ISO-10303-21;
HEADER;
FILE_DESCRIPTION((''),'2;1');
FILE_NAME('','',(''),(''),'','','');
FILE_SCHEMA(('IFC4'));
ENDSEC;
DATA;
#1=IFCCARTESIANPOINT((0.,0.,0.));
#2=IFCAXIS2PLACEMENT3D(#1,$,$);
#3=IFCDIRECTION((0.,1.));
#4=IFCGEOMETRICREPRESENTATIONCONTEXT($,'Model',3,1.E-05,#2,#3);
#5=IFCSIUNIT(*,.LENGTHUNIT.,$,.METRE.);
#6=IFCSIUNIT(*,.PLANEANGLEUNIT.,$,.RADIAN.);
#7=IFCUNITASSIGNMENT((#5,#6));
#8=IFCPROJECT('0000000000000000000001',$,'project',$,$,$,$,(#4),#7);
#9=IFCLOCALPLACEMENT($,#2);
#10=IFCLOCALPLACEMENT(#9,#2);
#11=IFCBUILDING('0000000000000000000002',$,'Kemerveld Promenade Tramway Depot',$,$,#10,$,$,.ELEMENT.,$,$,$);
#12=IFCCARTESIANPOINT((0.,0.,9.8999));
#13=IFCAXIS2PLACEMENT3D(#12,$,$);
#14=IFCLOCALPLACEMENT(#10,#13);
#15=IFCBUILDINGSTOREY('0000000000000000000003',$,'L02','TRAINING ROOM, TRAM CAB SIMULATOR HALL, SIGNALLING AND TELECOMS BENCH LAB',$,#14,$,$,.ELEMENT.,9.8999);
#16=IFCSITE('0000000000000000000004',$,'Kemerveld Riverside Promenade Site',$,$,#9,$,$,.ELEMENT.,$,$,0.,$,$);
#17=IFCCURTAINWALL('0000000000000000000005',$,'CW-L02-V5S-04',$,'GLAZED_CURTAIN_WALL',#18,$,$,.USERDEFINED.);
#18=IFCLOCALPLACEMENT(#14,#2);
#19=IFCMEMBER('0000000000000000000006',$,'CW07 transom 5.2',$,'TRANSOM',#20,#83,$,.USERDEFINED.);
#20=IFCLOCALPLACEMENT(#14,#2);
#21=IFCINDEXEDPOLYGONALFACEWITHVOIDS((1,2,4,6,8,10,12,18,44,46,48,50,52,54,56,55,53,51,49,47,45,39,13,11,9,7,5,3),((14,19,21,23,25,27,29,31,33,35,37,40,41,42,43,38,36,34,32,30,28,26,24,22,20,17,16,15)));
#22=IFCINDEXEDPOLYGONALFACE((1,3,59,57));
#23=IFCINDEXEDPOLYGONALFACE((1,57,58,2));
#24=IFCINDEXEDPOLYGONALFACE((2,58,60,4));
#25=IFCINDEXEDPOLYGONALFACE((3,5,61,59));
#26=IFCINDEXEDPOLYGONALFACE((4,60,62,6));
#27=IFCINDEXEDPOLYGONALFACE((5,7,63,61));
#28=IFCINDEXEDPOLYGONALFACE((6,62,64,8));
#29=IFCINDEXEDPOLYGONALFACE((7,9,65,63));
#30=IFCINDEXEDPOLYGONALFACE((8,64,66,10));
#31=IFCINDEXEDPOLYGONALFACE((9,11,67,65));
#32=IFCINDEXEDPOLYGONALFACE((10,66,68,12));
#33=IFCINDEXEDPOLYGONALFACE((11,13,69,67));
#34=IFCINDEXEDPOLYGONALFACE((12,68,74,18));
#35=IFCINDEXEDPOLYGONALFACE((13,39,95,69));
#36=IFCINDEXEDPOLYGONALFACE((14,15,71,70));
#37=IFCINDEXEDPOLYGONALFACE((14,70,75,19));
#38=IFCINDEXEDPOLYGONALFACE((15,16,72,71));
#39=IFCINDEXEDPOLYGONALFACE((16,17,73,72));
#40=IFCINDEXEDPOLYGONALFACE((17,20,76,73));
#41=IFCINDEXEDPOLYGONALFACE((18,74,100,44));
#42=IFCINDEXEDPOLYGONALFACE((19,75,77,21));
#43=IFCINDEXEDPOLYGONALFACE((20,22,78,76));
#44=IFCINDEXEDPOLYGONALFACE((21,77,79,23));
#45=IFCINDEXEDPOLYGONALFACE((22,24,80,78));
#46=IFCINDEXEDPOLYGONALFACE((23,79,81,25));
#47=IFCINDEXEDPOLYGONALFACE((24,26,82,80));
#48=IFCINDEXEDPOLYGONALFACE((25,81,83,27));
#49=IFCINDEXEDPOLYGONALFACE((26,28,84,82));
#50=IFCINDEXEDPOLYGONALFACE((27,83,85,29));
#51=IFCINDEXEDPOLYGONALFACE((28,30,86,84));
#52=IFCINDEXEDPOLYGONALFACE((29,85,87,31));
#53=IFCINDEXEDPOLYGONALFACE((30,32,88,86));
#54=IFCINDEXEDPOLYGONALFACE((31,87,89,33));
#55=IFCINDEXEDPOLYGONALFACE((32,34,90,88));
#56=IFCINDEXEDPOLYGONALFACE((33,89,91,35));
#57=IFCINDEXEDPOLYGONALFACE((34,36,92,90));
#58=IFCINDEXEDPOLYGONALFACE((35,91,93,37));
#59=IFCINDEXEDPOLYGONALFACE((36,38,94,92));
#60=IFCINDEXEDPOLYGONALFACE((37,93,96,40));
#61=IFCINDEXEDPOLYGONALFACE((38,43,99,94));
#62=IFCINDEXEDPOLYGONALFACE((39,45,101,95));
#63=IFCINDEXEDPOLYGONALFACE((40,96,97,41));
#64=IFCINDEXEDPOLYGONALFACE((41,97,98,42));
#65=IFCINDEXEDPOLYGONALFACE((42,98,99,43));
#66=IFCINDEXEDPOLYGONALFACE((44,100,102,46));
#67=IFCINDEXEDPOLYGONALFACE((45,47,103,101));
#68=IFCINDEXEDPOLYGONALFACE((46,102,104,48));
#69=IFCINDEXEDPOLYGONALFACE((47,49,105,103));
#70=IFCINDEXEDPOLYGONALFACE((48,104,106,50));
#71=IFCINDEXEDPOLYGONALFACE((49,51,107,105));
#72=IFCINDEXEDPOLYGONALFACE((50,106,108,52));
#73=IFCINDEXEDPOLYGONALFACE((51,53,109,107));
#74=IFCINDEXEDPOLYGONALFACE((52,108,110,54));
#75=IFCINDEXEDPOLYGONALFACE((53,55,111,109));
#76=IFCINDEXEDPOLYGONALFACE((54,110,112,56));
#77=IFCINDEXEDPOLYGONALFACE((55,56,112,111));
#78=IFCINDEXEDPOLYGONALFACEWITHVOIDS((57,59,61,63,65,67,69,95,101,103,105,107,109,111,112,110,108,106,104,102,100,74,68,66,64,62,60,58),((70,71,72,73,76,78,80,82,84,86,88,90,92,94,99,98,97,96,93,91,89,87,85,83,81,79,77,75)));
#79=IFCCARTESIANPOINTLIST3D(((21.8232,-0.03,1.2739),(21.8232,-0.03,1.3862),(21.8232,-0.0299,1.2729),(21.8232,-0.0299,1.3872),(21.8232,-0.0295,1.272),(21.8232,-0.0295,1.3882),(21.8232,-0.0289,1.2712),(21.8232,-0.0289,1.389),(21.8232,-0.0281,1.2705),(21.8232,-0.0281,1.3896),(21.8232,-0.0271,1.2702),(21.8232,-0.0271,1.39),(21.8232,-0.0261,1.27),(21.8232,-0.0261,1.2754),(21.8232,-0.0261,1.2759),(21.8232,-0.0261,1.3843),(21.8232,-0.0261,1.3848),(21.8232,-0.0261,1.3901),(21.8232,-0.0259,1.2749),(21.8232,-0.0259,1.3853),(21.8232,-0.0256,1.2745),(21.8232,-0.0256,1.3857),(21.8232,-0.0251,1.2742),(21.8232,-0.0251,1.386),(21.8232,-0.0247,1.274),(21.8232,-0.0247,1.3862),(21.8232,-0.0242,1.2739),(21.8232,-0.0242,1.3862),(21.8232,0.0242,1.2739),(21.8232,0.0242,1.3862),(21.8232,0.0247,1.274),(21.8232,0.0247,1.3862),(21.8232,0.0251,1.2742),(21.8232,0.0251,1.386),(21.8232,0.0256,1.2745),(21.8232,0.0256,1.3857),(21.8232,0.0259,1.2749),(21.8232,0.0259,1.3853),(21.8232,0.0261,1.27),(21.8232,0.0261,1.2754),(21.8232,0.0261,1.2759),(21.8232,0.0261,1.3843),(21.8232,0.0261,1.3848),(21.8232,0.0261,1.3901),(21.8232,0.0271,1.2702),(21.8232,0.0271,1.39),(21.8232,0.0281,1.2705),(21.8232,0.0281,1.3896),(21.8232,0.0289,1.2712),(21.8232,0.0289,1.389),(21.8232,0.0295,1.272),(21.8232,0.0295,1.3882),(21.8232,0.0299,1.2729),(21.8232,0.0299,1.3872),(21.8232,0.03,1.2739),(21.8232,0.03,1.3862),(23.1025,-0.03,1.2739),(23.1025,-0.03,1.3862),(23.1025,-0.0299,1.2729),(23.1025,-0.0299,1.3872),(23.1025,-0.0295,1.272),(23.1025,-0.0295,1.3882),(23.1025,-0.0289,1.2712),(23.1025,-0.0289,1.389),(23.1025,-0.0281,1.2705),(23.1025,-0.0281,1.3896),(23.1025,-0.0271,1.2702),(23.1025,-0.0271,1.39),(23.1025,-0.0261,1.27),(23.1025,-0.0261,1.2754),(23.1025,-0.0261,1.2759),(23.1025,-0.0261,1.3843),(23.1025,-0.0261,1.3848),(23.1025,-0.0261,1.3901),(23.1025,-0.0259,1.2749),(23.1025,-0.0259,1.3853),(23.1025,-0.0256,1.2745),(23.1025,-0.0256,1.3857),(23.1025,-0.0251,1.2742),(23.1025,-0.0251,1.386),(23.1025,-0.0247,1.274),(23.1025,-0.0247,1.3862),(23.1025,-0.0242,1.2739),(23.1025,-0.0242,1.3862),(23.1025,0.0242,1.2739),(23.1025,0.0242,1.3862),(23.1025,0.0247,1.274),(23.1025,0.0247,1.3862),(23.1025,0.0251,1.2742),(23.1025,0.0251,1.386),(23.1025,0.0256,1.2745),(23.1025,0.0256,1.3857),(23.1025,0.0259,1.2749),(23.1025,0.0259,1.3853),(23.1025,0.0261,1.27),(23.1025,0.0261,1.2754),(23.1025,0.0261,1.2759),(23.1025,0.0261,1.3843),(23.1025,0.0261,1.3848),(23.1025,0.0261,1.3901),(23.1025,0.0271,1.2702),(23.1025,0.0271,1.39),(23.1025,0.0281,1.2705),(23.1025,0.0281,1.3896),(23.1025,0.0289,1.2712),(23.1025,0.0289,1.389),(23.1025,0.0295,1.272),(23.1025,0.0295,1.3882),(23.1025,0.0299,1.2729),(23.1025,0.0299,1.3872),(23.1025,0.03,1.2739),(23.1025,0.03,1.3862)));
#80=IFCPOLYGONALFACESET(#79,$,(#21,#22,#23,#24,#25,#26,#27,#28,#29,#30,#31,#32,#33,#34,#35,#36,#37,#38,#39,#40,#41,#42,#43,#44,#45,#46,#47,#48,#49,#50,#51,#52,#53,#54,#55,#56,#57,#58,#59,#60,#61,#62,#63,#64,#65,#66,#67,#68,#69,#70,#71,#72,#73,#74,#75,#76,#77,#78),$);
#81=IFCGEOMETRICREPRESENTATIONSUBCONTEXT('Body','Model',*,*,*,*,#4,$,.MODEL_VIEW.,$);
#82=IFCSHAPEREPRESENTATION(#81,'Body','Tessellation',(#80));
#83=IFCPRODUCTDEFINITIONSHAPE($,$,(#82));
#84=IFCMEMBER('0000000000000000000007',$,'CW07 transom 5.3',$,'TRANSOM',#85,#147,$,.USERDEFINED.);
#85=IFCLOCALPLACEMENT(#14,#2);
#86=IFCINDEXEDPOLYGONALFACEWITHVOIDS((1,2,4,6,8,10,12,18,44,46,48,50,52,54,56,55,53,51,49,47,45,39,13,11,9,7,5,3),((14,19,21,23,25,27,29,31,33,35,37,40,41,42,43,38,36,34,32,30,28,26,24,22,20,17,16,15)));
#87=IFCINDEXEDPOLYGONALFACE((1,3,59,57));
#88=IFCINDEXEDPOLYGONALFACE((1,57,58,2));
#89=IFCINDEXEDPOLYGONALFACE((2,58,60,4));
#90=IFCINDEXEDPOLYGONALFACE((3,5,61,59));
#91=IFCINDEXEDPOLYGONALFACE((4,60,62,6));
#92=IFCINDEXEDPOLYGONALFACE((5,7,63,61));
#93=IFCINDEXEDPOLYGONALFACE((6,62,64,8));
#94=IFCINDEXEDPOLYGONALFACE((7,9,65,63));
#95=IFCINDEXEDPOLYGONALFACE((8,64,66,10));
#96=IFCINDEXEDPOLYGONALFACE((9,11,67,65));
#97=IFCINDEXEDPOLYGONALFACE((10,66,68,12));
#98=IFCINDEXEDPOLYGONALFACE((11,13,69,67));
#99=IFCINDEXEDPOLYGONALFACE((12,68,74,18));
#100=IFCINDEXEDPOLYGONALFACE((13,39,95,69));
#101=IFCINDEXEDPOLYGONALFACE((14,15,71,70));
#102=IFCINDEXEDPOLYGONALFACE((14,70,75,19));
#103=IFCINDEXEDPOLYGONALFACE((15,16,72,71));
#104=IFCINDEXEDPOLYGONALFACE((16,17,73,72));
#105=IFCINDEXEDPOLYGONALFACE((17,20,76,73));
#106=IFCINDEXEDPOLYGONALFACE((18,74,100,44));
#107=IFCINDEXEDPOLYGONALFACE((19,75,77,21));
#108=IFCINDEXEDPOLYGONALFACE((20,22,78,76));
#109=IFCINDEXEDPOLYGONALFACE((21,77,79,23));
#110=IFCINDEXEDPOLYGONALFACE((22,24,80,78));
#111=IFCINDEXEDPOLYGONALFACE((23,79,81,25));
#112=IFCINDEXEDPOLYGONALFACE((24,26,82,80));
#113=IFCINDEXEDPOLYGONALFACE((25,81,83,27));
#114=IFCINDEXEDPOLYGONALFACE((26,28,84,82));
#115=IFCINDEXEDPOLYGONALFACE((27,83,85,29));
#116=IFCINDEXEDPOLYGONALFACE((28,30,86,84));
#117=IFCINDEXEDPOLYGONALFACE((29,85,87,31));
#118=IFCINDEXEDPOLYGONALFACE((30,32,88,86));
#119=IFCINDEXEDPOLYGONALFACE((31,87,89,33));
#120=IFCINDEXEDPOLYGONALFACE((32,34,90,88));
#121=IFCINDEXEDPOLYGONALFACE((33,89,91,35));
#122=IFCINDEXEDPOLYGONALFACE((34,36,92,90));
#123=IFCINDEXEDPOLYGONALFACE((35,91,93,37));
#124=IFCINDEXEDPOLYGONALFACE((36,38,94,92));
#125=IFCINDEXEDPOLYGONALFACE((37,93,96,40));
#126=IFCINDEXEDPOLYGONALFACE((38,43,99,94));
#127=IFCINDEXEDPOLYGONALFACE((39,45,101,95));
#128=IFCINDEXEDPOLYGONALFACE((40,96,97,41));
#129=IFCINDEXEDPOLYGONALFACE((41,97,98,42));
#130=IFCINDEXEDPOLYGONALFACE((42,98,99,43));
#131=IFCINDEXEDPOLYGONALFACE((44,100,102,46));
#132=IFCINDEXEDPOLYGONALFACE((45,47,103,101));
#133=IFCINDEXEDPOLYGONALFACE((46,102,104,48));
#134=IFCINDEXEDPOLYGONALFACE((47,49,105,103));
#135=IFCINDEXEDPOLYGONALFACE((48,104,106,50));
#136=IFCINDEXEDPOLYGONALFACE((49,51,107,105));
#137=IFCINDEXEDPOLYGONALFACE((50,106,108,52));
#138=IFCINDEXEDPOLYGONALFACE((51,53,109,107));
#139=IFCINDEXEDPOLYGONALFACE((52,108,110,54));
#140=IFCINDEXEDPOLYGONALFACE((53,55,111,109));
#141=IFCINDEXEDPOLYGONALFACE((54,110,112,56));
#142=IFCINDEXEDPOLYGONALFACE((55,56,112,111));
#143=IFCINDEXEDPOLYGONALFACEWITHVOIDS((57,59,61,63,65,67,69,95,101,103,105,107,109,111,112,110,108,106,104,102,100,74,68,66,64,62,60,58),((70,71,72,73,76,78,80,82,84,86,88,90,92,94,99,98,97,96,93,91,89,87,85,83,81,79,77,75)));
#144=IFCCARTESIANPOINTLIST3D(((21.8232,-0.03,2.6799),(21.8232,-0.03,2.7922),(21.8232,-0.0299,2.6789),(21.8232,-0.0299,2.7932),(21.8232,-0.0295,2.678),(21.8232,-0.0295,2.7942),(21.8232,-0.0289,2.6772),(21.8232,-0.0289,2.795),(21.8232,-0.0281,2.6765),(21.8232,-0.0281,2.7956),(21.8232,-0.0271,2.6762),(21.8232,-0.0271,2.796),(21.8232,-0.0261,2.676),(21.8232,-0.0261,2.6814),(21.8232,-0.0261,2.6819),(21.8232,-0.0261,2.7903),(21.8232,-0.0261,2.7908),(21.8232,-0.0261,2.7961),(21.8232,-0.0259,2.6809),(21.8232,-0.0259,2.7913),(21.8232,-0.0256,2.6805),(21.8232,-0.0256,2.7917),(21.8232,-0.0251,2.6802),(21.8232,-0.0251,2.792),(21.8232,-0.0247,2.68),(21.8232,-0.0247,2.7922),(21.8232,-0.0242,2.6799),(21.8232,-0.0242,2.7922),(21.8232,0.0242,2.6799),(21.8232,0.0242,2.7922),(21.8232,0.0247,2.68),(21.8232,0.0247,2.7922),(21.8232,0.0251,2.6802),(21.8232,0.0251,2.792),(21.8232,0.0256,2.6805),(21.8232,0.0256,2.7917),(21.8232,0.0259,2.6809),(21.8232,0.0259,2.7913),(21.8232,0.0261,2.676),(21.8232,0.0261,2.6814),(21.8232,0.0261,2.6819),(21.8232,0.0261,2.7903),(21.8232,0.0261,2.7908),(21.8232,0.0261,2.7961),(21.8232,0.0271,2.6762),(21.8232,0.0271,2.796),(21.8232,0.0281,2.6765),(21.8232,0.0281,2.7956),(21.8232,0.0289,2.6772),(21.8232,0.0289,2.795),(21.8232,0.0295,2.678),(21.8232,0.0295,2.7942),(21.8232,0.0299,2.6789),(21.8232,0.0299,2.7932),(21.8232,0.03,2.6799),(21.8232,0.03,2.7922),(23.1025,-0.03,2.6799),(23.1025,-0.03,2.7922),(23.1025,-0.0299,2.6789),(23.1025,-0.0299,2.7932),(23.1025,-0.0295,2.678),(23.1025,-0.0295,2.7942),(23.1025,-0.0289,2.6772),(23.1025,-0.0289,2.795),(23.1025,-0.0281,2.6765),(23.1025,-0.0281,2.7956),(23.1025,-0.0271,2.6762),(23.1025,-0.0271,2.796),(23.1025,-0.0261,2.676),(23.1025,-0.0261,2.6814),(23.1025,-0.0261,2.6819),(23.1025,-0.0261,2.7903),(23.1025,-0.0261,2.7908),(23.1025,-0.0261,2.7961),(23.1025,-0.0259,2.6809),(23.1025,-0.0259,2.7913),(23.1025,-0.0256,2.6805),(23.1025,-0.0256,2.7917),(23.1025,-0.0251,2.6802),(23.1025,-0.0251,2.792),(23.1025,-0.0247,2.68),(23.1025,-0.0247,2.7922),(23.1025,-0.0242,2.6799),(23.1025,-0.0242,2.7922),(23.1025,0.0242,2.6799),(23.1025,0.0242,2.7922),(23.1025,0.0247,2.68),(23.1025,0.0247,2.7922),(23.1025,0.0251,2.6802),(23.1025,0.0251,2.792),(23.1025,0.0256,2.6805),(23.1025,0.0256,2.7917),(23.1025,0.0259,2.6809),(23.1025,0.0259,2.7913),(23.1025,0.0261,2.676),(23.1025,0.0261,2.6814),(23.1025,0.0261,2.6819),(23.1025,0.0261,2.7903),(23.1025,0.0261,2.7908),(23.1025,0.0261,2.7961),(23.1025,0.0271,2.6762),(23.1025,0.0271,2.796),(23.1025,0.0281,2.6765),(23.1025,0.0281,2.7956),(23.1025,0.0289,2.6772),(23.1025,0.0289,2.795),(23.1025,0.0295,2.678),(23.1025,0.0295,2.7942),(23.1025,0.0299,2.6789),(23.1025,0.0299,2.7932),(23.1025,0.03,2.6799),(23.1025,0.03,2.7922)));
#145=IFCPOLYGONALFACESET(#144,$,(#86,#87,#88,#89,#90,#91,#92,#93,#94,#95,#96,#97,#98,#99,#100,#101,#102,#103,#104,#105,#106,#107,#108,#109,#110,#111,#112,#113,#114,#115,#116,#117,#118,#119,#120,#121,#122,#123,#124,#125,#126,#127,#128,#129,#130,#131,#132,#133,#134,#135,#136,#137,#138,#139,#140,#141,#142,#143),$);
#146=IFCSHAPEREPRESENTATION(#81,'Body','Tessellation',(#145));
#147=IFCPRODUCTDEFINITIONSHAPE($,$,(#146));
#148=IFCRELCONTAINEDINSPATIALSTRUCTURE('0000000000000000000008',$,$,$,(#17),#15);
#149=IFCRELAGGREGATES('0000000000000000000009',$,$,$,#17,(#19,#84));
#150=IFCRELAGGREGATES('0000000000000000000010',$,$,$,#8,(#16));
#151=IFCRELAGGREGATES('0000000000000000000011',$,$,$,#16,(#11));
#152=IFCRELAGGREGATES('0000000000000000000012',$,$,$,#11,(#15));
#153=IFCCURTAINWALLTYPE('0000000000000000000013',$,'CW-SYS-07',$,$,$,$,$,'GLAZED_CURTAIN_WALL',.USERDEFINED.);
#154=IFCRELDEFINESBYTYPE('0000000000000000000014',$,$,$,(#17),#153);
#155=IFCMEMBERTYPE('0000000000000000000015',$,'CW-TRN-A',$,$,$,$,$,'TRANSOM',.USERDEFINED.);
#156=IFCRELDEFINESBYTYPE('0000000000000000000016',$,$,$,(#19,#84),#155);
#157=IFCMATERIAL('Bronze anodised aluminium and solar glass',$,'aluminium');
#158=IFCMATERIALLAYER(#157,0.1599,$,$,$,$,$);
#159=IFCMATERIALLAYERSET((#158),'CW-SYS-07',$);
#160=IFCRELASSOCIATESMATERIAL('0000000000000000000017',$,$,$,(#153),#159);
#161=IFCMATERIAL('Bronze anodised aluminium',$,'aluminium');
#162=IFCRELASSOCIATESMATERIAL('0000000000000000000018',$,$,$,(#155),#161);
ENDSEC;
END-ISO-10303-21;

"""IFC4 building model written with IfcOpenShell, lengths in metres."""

from ifc_helpers import new_model, si_unit, direction, frame, origin, origin_2d, place, context, subcontext, project, spatial, hollow_rectangle, extrude, material, layer, layer_set, material_profile, profile_set, type_object, element, aggregate, save


model = new_model("IFC4")

# Units and contexts
model_context = context("Model", 3, precision=1e-05, world=origin(), true_north=direction((0.0, 1.0)))
body_context = subcontext(model_context, "Body", "Model", "MODEL_VIEW")
ifc_project = project(units=[si_unit("LENGTHUNIT", "METRE"), si_unit("PLANEANGLEUNIT", "RADIAN")], contexts=[model_context])

# Site, building, storey
site_placement = place(None, origin())
site = spatial("IfcSite", under=ifc_project, at=site_placement, Name="Kemerveld Riverside Promenade Site", CompositionType="ELEMENT", RefElevation=0.0)
building_placement = place(site_placement, origin())
building = spatial("IfcBuilding", under=site, at=building_placement, Name="Kemerveld Promenade Tramway Depot", CompositionType="ELEMENT")
storey_placement = place(building_placement, frame((0.0, 0.0, 9.8999)))
storey = spatial("IfcBuildingStorey", under=building, at=storey_placement, Name="L02", Description="TRAINING ROOM, TRAM CAB SIMULATOR HALL, SIGNALLING AND TELECOMS BENCH LAB", CompositionType="ELEMENT", Elevation=9.8999)

# Curtain wall
ifc_material_1 = material(Name="Bronze anodised aluminium and solar glass", Category="aluminium")
ifc_layer_1 = layer(ifc_material_1, 0.1599)
ifc_layer_set_1 = layer_set([ifc_layer_1], Name="CW-SYS-07")
curtain_wall_type_1 = type_object("IfcCurtainWallType", Name="CW-SYS-07", ElementType="GLAZED_CURTAIN_WALL", PredefinedType="USERDEFINED", material=ifc_layer_set_1)
curtain_wall_1_placement = place(storey_placement, origin())
curtain_wall_1 = element("IfcCurtainWall", 1, at=curtain_wall_1_placement, inside=storey, type_object=curtain_wall_type_1, Name="CW-L02-V5S-04", ObjectType="GLAZED_CURTAIN_WALL", PredefinedType="USERDEFINED")
ifc_material_2 = material(Name="Bronze anodised aluminium", Category="aluminium")

# Members
ifc_material_profile_1 = material_profile(ifc_material_2, hollow_rectangle(XDim=0.0601, YDim=0.1201, WallThickness=0.0039, InnerFilletRadius=0.002, OuterFilletRadius=0.0039, at=origin_2d()), Name="CW-TRN-120x60")
ifc_profile_set_1 = profile_set([ifc_material_profile_1], Name="Bronze anodised aluminium")
member_type_1 = type_object("IfcMemberType", Name="CW-TRN-A", ElementType="TRANSOM", PredefinedType="USERDEFINED", material=ifc_profile_set_1)
member_1_placement = place(storey_placement, frame((23.1025, 0.0, 1.3301), z_axis=(-1.0, 0.0, 0.0), x_axis=(0.0, -1.0, 0.0)))
member_1 = element("IfcMember", 2, at=member_1_placement, type_object=member_type_1, Name="CW07 transom 5.2", ObjectType="TRANSOM", PredefinedType="USERDEFINED", context=body_context, shape_type="SweptSolid", body=[
    extrude(hollow_rectangle(XDim=0.0601, YDim=0.1201, WallThickness=0.0039, InnerFilletRadius=0.002, OuterFilletRadius=0.0039, at=origin_2d()), origin(), (0.0, 0.0, 1.0), 1.2793),
])
member_2_placement = place(storey_placement, frame((23.1025, 0.0, 2.7361), z_axis=(-1.0, 0.0, 0.0), x_axis=(0.0, -1.0, 0.0)))
member_2 = element("IfcMember", 3, at=member_2_placement, type_object=member_type_1, Name="CW07 transom 5.3", ObjectType="TRANSOM", PredefinedType="USERDEFINED", context=body_context, shape_type="SweptSolid", body=[
    extrude(hollow_rectangle(XDim=0.0601, YDim=0.1201, WallThickness=0.0039, InnerFilletRadius=0.002, OuterFilletRadius=0.0039, at=origin_2d()), origin(), (0.0, 0.0, 1.0), 1.2793),
])

aggregate(curtain_wall_1, [member_1, member_2])

save(model, "model.ifc")
